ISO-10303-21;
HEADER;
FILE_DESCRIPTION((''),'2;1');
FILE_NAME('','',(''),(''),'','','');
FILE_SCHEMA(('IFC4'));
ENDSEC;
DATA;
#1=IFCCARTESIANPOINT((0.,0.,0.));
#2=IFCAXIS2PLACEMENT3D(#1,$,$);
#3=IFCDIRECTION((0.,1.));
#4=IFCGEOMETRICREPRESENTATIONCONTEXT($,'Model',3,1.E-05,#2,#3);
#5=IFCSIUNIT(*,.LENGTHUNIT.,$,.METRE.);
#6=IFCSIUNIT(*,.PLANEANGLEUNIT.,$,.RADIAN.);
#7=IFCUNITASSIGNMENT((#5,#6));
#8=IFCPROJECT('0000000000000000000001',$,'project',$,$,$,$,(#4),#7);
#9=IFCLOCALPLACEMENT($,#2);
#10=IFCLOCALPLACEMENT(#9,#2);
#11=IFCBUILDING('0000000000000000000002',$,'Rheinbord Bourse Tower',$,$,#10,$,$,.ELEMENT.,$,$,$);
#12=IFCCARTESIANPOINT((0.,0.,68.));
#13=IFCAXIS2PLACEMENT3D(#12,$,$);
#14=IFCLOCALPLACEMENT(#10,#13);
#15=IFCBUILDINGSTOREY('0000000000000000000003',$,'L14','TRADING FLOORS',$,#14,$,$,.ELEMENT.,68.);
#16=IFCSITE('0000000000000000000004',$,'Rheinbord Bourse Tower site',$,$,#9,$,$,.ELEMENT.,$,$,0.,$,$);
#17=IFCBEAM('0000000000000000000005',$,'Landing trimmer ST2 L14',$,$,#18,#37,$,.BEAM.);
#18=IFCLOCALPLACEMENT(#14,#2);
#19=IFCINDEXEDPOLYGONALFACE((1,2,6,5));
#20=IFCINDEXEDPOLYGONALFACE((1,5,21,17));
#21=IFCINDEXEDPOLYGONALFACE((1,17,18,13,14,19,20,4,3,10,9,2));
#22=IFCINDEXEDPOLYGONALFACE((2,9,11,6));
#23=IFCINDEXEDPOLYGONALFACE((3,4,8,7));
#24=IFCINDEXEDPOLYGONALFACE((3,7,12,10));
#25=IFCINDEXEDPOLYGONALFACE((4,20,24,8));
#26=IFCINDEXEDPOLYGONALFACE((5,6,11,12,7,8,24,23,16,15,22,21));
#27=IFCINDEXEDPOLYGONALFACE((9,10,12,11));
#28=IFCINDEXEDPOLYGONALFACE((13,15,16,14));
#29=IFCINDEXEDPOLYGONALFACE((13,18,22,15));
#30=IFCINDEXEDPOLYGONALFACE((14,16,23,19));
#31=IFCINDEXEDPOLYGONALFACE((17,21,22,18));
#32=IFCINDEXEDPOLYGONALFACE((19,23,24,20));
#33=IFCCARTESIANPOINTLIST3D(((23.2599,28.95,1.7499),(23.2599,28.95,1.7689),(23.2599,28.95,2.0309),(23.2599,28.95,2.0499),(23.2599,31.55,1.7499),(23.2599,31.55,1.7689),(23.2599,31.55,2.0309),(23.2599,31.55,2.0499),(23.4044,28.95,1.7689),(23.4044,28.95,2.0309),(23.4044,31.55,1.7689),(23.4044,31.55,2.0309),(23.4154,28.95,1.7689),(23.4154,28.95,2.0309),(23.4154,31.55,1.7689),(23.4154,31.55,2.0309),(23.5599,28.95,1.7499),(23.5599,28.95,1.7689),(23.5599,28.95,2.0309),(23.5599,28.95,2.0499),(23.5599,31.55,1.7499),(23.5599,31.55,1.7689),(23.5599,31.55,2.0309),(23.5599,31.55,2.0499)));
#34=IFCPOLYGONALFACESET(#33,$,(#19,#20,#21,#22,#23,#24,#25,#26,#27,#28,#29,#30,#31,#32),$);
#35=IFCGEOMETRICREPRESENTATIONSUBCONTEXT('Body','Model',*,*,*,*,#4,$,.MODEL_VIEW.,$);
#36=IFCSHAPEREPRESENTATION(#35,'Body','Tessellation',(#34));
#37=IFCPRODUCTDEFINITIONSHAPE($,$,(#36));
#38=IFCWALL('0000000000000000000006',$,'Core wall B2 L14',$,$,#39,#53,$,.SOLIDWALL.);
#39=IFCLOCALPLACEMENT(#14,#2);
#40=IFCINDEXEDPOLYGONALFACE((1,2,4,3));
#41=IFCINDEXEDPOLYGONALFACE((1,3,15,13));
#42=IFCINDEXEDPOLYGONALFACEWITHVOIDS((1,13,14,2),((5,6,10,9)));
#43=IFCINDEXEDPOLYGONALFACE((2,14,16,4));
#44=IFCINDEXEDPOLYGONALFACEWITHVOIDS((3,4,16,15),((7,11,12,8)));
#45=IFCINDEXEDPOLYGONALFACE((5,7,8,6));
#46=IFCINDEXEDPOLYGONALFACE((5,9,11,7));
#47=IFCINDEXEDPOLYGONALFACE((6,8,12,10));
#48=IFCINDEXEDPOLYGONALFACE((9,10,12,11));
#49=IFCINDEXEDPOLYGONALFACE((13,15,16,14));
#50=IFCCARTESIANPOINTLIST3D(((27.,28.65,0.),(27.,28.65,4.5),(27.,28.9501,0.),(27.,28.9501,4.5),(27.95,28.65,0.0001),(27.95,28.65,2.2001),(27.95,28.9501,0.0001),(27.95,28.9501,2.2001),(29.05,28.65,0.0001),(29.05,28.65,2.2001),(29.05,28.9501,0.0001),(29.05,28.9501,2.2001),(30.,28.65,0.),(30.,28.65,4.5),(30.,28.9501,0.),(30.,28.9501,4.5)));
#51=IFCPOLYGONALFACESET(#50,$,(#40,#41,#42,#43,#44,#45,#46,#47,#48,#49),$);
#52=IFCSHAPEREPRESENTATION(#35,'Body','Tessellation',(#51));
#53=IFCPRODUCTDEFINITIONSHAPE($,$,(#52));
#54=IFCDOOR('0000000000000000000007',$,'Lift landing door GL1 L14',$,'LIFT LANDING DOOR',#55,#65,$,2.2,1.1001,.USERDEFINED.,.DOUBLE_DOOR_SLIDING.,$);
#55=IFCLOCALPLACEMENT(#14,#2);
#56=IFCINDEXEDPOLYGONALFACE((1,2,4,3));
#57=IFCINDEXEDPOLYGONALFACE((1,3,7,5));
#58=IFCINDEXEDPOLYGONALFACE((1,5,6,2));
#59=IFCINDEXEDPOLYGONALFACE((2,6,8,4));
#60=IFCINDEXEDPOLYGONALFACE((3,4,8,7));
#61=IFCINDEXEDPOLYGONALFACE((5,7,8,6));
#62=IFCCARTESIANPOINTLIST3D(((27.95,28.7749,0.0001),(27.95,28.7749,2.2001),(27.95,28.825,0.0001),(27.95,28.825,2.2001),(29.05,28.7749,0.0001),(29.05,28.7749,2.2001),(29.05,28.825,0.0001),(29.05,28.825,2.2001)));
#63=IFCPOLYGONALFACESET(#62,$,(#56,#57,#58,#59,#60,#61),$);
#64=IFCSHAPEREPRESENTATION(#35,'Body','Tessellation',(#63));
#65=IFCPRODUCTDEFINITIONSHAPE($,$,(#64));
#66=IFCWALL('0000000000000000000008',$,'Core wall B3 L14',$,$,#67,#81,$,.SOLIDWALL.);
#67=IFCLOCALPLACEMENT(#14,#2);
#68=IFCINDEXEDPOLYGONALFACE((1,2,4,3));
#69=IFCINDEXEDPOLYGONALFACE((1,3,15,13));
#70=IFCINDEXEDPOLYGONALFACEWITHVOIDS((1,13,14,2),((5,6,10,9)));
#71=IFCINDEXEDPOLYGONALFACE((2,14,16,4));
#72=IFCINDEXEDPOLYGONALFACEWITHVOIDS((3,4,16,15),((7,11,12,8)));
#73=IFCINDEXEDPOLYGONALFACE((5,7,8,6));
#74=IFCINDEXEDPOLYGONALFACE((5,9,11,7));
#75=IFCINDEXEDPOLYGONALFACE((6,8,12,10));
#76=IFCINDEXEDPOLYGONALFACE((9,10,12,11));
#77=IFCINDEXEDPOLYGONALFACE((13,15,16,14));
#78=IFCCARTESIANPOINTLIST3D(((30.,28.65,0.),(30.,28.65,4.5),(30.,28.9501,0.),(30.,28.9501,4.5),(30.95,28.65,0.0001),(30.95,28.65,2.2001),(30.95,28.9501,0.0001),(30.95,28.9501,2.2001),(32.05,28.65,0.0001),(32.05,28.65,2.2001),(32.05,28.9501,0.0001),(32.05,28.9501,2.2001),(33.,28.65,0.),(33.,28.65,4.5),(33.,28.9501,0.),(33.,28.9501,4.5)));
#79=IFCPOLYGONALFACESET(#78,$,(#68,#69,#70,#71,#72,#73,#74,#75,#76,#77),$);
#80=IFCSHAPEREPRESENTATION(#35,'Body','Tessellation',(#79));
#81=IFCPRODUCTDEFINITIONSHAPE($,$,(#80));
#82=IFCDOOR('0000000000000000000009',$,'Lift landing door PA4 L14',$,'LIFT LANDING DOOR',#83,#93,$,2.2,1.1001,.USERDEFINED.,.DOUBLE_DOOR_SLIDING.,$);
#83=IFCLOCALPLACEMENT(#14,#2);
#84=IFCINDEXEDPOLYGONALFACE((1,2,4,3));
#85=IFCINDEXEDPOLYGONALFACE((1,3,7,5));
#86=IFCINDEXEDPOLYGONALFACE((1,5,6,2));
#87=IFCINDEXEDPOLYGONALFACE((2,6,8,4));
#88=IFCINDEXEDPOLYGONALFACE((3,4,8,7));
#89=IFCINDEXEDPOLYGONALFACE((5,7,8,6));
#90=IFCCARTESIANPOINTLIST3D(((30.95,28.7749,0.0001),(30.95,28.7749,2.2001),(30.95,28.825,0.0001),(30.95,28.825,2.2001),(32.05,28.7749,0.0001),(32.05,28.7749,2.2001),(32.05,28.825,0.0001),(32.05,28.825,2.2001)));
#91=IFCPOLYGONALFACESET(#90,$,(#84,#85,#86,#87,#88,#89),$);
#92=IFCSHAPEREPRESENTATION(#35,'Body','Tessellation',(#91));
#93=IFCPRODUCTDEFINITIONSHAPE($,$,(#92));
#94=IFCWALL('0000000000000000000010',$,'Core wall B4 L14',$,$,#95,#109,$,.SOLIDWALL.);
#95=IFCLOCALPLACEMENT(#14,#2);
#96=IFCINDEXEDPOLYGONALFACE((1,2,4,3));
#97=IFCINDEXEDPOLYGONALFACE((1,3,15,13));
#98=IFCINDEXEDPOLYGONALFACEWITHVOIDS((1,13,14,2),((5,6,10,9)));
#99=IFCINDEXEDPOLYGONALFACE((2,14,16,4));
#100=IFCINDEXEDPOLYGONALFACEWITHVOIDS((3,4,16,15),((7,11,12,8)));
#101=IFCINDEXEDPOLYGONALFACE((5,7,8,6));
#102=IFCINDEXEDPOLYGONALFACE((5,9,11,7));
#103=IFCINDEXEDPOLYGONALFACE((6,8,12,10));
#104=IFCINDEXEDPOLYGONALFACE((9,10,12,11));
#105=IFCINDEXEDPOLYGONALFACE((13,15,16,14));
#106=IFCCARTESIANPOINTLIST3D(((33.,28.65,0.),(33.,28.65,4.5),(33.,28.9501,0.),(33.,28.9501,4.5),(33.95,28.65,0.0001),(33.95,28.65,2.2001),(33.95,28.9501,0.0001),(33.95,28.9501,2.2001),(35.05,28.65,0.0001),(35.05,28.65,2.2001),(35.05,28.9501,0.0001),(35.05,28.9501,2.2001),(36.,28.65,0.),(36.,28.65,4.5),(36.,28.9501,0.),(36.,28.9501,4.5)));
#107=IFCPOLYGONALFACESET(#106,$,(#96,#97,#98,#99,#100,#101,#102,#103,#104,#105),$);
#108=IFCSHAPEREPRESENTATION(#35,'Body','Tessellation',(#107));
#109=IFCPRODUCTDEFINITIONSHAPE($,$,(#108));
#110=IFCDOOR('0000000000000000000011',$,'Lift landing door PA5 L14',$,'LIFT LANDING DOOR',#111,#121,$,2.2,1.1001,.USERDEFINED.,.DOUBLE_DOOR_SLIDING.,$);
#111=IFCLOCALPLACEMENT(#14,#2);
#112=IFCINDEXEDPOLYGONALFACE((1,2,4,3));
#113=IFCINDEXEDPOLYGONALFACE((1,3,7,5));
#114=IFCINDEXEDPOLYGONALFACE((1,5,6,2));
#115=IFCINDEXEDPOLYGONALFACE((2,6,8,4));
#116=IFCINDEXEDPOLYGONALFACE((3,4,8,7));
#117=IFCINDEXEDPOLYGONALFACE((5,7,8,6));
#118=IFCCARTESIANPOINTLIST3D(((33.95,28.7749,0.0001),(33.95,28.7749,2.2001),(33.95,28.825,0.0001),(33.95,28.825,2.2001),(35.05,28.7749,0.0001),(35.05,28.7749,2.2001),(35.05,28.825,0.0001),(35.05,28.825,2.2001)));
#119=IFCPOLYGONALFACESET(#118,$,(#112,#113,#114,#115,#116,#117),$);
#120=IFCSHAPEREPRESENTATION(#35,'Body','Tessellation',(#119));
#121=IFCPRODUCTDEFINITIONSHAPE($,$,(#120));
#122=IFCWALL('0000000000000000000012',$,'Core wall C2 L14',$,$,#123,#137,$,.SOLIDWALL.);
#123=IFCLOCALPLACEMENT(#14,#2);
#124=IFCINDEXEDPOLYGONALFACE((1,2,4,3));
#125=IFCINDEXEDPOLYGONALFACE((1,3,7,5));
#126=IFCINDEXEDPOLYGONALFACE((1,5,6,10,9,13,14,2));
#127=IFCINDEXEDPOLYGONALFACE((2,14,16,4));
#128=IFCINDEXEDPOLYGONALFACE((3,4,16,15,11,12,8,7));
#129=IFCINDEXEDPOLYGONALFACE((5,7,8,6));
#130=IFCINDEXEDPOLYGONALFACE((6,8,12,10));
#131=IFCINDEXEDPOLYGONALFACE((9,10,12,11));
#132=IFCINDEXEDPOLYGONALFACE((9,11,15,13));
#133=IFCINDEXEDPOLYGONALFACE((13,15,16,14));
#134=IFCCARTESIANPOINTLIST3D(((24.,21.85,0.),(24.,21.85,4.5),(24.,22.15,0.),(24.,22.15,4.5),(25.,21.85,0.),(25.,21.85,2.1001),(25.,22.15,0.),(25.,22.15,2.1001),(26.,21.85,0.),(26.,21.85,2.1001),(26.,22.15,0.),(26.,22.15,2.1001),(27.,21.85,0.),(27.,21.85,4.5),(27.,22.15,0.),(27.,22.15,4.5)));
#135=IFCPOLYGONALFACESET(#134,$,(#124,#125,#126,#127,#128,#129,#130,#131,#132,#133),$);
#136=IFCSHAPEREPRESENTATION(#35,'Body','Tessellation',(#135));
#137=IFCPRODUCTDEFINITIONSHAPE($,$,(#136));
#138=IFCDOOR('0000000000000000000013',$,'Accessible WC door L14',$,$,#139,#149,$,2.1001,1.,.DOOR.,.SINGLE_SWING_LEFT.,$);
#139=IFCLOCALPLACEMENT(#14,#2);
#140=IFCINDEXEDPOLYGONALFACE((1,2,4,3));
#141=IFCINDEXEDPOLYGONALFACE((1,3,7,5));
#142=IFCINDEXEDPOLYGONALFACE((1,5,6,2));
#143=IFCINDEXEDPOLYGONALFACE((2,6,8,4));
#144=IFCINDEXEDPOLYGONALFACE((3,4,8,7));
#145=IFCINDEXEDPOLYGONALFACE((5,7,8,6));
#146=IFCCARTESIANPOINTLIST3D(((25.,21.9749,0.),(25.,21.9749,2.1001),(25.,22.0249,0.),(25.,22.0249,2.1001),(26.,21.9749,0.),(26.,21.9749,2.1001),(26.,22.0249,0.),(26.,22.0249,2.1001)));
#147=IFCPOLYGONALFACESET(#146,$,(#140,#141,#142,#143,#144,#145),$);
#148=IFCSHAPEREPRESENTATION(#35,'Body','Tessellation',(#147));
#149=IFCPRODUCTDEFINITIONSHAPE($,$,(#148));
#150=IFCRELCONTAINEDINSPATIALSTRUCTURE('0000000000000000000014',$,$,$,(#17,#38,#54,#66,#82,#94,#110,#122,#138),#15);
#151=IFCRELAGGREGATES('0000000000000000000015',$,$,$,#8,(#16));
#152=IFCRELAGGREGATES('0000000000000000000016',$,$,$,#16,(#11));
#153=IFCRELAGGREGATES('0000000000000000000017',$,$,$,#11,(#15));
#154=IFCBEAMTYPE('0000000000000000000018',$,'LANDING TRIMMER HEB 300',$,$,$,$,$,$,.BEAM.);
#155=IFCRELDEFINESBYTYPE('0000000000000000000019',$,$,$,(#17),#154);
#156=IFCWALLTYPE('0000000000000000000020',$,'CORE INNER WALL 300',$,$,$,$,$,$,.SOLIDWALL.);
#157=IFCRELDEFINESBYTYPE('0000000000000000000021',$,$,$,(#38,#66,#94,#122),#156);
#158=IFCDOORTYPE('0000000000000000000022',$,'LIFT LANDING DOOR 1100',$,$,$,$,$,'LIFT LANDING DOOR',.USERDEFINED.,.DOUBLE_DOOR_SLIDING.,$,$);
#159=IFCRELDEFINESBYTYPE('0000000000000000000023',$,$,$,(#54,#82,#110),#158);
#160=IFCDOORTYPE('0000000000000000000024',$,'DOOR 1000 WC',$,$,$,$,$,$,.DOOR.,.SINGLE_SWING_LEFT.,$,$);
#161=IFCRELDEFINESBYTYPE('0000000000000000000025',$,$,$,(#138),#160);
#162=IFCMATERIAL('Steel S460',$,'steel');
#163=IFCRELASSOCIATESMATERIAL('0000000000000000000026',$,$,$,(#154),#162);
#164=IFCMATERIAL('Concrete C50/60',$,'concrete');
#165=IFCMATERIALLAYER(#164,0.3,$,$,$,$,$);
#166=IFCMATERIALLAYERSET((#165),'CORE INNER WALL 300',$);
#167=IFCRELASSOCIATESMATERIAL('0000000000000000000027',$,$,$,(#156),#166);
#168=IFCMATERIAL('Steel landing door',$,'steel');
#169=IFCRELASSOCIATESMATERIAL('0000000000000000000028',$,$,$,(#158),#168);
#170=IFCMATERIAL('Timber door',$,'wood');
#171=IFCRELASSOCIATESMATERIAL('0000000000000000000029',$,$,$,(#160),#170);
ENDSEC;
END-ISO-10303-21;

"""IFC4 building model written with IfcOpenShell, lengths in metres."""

from ifc_helpers import new_model, si_unit, direction, frame, frame_2d, origin, origin_2d, place, context, subcontext, project, spatial, rectangle, i_section, extrude, material, layer, layer_set, material_profile, profile_set, type_object, element, fill, save


model = new_model("IFC4")

# Units and contexts
model_context = context("Model", 3, precision=1e-05, world=origin(), true_north=direction((0.0, 1.0)))
body_context = subcontext(model_context, "Body", "Model", "MODEL_VIEW")
ifc_project = project(units=[si_unit("LENGTHUNIT", "METRE"), si_unit("PLANEANGLEUNIT", "RADIAN")], contexts=[model_context])

# Site, building, storey
site_placement = place(None, origin())
site = spatial("IfcSite", under=ifc_project, at=site_placement, Name="Rheinbord Bourse Tower site", CompositionType="ELEMENT", RefElevation=0.0)
building_placement = place(site_placement, origin())
building = spatial("IfcBuilding", under=site, at=building_placement, Name="Rheinbord Bourse Tower", CompositionType="ELEMENT")
storey_placement = place(building_placement, frame((0.0, 0.0, 68.0)))
storey = spatial("IfcBuildingStorey", under=building, at=storey_placement, Name="L14", Description="TRADING FLOORS", CompositionType="ELEMENT", Elevation=68.0)

# Beam
ifc_material_1 = material(Name="Steel S460", Category="steel")
ifc_material_profile = material_profile(ifc_material_1, i_section(OverallWidth=0.3, OverallDepth=0.3, WebThickness=0.011, FlangeThickness=0.019, at=origin_2d()), Name="HEB 300")
ifc_profile_set = profile_set([ifc_material_profile], Name="Steel S460")
beam_type = type_object("IfcBeamType", Name="LANDING TRIMMER HEB 300", PredefinedType="BEAM", material=ifc_profile_set)
beam_placement = place(storey_placement, frame((23.4099, 28.95, 1.8999), z_axis=(0.0, 1.0, 0.0), x_axis=(-1.0, 0.0, 0.0)))
element("IfcBeam", 1, at=beam_placement, inside=storey, type_object=beam_type, Name="Landing trimmer ST2 L14", PredefinedType="BEAM", context=body_context, shape_type="SweptSolid", body=[
    extrude(i_section(OverallWidth=0.3, OverallDepth=0.3, WebThickness=0.011, FlangeThickness=0.019, at=origin_2d()), origin(), (0.0, 0.0, 1.0), 2.6001),
])

# Walls, openings, doors
ifc_material_2 = material(Name="Concrete C50/60", Category="concrete")
ifc_layer_1 = layer(ifc_material_2, 0.3)
ifc_layer_set_1 = layer_set([ifc_layer_1], Name="CORE INNER WALL 300")
wall_type_1 = type_object("IfcWallType", Name="CORE INNER WALL 300", PredefinedType="SOLIDWALL", material=ifc_layer_set_1)
wall_1_placement = place(storey_placement, frame((27.0, 28.8, 0.0), z_axis=(0.0, 0.0, 1.0), x_axis=(1.0, 0.0, 0.0)))
wall_1 = element("IfcWall", 2, at=wall_1_placement, inside=storey, type_object=wall_type_1, Name="Core wall B2 L14", PredefinedType="SOLIDWALL", context=body_context, shape_type="SweptSolid", body=[
    extrude(rectangle(XDim=3.0, YDim=0.3, at=frame_2d((1.5, 0.0))), origin(), (0.0, 0.0, 1.0), 4.5),
])
opening_1_placement = place(wall_1_placement, frame((0.95, 0.0, 0.0)))
opening_1 = element("IfcOpeningElement", 3, at=opening_1_placement, cuts=wall_1, PredefinedType="OPENING", context=body_context, shape_type="SweptSolid", body=[
    extrude(rectangle(XDim=1.1001, YDim=2.2, at=frame_2d((0.55, 1.1001))), frame((0.0, 0.1599, 0.0), z_axis=(0.0, -1.0, 0.0), x_axis=(1.0, 0.0, 0.0)), (0.0, 0.0, 1.0), 0.3201),
])
ifc_material_3 = material(Name="Steel landing door", Category="steel")
door_type_1 = type_object("IfcDoorType", Name="LIFT LANDING DOOR 1100", ElementType="LIFT LANDING DOOR", OperationType="DOUBLE_DOOR_SLIDING", PredefinedType="USERDEFINED", material=ifc_material_3)
door_1_placement = place(opening_1_placement, origin())
door_1 = element("IfcDoor", 4, at=door_1_placement, inside=storey, type_object=door_type_1, Name="Lift landing door GL1 L14", ObjectType="LIFT LANDING DOOR", OperationType="DOUBLE_DOOR_SLIDING", OverallHeight=2.2, OverallWidth=1.1001, PredefinedType="USERDEFINED", context=body_context, shape_type="SweptSolid", body=[
    extrude(rectangle(XDim=1.1001, YDim=2.2, at=frame_2d((0.55, 1.1001))), frame((0.0, 0.0249, 0.0), z_axis=(0.0, -1.0, 0.0), x_axis=(1.0, 0.0, 0.0)), (0.0, 0.0, 1.0), 0.05),
])
fill(opening_1, door_1)
wall_2_placement = place(storey_placement, frame((30.0, 28.8, 0.0), z_axis=(0.0, 0.0, 1.0), x_axis=(1.0, 0.0, 0.0)))
wall_2 = element("IfcWall", 5, at=wall_2_placement, inside=storey, type_object=wall_type_1, Name="Core wall B3 L14", PredefinedType="SOLIDWALL", context=body_context, shape_type="SweptSolid", body=[
    extrude(rectangle(XDim=3.0, YDim=0.3, at=frame_2d((1.5, 0.0))), origin(), (0.0, 0.0, 1.0), 4.5),
])
opening_2_placement = place(wall_2_placement, frame((0.95, 0.0, 0.0)))
opening_2 = element("IfcOpeningElement", 6, at=opening_2_placement, cuts=wall_2, PredefinedType="OPENING", context=body_context, shape_type="SweptSolid", body=[
    extrude(rectangle(XDim=1.1001, YDim=2.2, at=frame_2d((0.55, 1.1001))), frame((0.0, 0.1599, 0.0), z_axis=(0.0, -1.0, 0.0), x_axis=(1.0, 0.0, 0.0)), (0.0, 0.0, 1.0), 0.3201),
])
door_2_placement = place(opening_2_placement, origin())
door_2 = element("IfcDoor", 7, at=door_2_placement, inside=storey, type_object=door_type_1, Name="Lift landing door PA4 L14", ObjectType="LIFT LANDING DOOR", OperationType="DOUBLE_DOOR_SLIDING", OverallHeight=2.2, OverallWidth=1.1001, PredefinedType="USERDEFINED", context=body_context, shape_type="SweptSolid", body=[
    extrude(rectangle(XDim=1.1001, YDim=2.2, at=frame_2d((0.55, 1.1001))), frame((0.0, 0.0249, 0.0), z_axis=(0.0, -1.0, 0.0), x_axis=(1.0, 0.0, 0.0)), (0.0, 0.0, 1.0), 0.05),
])
fill(opening_2, door_2)
wall_3_placement = place(storey_placement, frame((33.0, 28.8, 0.0), z_axis=(0.0, 0.0, 1.0), x_axis=(1.0, 0.0, 0.0)))
wall_3 = element("IfcWall", 8, at=wall_3_placement, inside=storey, type_object=wall_type_1, Name="Core wall B4 L14", PredefinedType="SOLIDWALL", context=body_context, shape_type="SweptSolid", body=[
    extrude(rectangle(XDim=3.0, YDim=0.3, at=frame_2d((1.5, 0.0))), origin(), (0.0, 0.0, 1.0), 4.5),
])
opening_3_placement = place(wall_3_placement, frame((0.95, 0.0, 0.0)))
opening_3 = element("IfcOpeningElement", 9, at=opening_3_placement, cuts=wall_3, PredefinedType="OPENING", context=body_context, shape_type="SweptSolid", body=[
    extrude(rectangle(XDim=1.1001, YDim=2.2, at=frame_2d((0.55, 1.1001))), frame((0.0, 0.1599, 0.0), z_axis=(0.0, -1.0, 0.0), x_axis=(1.0, 0.0, 0.0)), (0.0, 0.0, 1.0), 0.3201),
])
door_3_placement = place(opening_3_placement, origin())
door_3 = element("IfcDoor", 10, at=door_3_placement, inside=storey, type_object=door_type_1, Name="Lift landing door PA5 L14", ObjectType="LIFT LANDING DOOR", OperationType="DOUBLE_DOOR_SLIDING", OverallHeight=2.2, OverallWidth=1.1001, PredefinedType="USERDEFINED", context=body_context, shape_type="SweptSolid", body=[
    extrude(rectangle(XDim=1.1001, YDim=2.2, at=frame_2d((0.55, 1.1001))), frame((0.0, 0.0249, 0.0), z_axis=(0.0, -1.0, 0.0), x_axis=(1.0, 0.0, 0.0)), (0.0, 0.0, 1.0), 0.05),
])
fill(opening_3, door_3)
wall_4_placement = place(storey_placement, frame((24.0, 22.0, 0.0), z_axis=(0.0, 0.0, 1.0), x_axis=(1.0, 0.0, 0.0)))
wall_4 = element("IfcWall", 11, at=wall_4_placement, inside=storey, type_object=wall_type_1, Name="Core wall C2 L14", PredefinedType="SOLIDWALL", context=body_context, shape_type="SweptSolid", body=[
    extrude(rectangle(XDim=3.0, YDim=0.3, at=frame_2d((1.5, 0.0))), origin(), (0.0, 0.0, 1.0), 4.5),
])
opening_4_placement = place(wall_4_placement, frame((1.0, 0.0, 0.0)))
opening_4 = element("IfcOpeningElement", 12, at=opening_4_placement, cuts=wall_4, PredefinedType="OPENING", context=body_context, shape_type="SweptSolid", body=[
    extrude(rectangle(XDim=1.0, YDim=2.1001, at=frame_2d((0.5, 1.05))), frame((0.0, 0.1599, 0.0), z_axis=(0.0, -1.0, 0.0), x_axis=(1.0, 0.0, 0.0)), (0.0, 0.0, 1.0), 0.3201),
])
ifc_material_4 = material(Name="Timber door", Category="wood")
door_type_2 = type_object("IfcDoorType", Name="DOOR 1000 WC", OperationType="SINGLE_SWING_LEFT", PredefinedType="DOOR", material=ifc_material_4)
door_4_placement = place(opening_4_placement, origin())
door_4 = element("IfcDoor", 13, at=door_4_placement, inside=storey, type_object=door_type_2, Name="Accessible WC door L14", OperationType="SINGLE_SWING_LEFT", OverallHeight=2.1001, OverallWidth=1.0, PredefinedType="DOOR", context=body_context, shape_type="SweptSolid", body=[
    extrude(rectangle(XDim=1.0, YDim=2.1001, at=frame_2d((0.5, 1.05))), frame((0.0, 0.0249, 0.0), z_axis=(0.0, -1.0, 0.0), x_axis=(1.0, 0.0, 0.0)), (0.0, 0.0, 1.0), 0.05),
])
fill(opening_4, door_4)

save(model, "model.ifc")
